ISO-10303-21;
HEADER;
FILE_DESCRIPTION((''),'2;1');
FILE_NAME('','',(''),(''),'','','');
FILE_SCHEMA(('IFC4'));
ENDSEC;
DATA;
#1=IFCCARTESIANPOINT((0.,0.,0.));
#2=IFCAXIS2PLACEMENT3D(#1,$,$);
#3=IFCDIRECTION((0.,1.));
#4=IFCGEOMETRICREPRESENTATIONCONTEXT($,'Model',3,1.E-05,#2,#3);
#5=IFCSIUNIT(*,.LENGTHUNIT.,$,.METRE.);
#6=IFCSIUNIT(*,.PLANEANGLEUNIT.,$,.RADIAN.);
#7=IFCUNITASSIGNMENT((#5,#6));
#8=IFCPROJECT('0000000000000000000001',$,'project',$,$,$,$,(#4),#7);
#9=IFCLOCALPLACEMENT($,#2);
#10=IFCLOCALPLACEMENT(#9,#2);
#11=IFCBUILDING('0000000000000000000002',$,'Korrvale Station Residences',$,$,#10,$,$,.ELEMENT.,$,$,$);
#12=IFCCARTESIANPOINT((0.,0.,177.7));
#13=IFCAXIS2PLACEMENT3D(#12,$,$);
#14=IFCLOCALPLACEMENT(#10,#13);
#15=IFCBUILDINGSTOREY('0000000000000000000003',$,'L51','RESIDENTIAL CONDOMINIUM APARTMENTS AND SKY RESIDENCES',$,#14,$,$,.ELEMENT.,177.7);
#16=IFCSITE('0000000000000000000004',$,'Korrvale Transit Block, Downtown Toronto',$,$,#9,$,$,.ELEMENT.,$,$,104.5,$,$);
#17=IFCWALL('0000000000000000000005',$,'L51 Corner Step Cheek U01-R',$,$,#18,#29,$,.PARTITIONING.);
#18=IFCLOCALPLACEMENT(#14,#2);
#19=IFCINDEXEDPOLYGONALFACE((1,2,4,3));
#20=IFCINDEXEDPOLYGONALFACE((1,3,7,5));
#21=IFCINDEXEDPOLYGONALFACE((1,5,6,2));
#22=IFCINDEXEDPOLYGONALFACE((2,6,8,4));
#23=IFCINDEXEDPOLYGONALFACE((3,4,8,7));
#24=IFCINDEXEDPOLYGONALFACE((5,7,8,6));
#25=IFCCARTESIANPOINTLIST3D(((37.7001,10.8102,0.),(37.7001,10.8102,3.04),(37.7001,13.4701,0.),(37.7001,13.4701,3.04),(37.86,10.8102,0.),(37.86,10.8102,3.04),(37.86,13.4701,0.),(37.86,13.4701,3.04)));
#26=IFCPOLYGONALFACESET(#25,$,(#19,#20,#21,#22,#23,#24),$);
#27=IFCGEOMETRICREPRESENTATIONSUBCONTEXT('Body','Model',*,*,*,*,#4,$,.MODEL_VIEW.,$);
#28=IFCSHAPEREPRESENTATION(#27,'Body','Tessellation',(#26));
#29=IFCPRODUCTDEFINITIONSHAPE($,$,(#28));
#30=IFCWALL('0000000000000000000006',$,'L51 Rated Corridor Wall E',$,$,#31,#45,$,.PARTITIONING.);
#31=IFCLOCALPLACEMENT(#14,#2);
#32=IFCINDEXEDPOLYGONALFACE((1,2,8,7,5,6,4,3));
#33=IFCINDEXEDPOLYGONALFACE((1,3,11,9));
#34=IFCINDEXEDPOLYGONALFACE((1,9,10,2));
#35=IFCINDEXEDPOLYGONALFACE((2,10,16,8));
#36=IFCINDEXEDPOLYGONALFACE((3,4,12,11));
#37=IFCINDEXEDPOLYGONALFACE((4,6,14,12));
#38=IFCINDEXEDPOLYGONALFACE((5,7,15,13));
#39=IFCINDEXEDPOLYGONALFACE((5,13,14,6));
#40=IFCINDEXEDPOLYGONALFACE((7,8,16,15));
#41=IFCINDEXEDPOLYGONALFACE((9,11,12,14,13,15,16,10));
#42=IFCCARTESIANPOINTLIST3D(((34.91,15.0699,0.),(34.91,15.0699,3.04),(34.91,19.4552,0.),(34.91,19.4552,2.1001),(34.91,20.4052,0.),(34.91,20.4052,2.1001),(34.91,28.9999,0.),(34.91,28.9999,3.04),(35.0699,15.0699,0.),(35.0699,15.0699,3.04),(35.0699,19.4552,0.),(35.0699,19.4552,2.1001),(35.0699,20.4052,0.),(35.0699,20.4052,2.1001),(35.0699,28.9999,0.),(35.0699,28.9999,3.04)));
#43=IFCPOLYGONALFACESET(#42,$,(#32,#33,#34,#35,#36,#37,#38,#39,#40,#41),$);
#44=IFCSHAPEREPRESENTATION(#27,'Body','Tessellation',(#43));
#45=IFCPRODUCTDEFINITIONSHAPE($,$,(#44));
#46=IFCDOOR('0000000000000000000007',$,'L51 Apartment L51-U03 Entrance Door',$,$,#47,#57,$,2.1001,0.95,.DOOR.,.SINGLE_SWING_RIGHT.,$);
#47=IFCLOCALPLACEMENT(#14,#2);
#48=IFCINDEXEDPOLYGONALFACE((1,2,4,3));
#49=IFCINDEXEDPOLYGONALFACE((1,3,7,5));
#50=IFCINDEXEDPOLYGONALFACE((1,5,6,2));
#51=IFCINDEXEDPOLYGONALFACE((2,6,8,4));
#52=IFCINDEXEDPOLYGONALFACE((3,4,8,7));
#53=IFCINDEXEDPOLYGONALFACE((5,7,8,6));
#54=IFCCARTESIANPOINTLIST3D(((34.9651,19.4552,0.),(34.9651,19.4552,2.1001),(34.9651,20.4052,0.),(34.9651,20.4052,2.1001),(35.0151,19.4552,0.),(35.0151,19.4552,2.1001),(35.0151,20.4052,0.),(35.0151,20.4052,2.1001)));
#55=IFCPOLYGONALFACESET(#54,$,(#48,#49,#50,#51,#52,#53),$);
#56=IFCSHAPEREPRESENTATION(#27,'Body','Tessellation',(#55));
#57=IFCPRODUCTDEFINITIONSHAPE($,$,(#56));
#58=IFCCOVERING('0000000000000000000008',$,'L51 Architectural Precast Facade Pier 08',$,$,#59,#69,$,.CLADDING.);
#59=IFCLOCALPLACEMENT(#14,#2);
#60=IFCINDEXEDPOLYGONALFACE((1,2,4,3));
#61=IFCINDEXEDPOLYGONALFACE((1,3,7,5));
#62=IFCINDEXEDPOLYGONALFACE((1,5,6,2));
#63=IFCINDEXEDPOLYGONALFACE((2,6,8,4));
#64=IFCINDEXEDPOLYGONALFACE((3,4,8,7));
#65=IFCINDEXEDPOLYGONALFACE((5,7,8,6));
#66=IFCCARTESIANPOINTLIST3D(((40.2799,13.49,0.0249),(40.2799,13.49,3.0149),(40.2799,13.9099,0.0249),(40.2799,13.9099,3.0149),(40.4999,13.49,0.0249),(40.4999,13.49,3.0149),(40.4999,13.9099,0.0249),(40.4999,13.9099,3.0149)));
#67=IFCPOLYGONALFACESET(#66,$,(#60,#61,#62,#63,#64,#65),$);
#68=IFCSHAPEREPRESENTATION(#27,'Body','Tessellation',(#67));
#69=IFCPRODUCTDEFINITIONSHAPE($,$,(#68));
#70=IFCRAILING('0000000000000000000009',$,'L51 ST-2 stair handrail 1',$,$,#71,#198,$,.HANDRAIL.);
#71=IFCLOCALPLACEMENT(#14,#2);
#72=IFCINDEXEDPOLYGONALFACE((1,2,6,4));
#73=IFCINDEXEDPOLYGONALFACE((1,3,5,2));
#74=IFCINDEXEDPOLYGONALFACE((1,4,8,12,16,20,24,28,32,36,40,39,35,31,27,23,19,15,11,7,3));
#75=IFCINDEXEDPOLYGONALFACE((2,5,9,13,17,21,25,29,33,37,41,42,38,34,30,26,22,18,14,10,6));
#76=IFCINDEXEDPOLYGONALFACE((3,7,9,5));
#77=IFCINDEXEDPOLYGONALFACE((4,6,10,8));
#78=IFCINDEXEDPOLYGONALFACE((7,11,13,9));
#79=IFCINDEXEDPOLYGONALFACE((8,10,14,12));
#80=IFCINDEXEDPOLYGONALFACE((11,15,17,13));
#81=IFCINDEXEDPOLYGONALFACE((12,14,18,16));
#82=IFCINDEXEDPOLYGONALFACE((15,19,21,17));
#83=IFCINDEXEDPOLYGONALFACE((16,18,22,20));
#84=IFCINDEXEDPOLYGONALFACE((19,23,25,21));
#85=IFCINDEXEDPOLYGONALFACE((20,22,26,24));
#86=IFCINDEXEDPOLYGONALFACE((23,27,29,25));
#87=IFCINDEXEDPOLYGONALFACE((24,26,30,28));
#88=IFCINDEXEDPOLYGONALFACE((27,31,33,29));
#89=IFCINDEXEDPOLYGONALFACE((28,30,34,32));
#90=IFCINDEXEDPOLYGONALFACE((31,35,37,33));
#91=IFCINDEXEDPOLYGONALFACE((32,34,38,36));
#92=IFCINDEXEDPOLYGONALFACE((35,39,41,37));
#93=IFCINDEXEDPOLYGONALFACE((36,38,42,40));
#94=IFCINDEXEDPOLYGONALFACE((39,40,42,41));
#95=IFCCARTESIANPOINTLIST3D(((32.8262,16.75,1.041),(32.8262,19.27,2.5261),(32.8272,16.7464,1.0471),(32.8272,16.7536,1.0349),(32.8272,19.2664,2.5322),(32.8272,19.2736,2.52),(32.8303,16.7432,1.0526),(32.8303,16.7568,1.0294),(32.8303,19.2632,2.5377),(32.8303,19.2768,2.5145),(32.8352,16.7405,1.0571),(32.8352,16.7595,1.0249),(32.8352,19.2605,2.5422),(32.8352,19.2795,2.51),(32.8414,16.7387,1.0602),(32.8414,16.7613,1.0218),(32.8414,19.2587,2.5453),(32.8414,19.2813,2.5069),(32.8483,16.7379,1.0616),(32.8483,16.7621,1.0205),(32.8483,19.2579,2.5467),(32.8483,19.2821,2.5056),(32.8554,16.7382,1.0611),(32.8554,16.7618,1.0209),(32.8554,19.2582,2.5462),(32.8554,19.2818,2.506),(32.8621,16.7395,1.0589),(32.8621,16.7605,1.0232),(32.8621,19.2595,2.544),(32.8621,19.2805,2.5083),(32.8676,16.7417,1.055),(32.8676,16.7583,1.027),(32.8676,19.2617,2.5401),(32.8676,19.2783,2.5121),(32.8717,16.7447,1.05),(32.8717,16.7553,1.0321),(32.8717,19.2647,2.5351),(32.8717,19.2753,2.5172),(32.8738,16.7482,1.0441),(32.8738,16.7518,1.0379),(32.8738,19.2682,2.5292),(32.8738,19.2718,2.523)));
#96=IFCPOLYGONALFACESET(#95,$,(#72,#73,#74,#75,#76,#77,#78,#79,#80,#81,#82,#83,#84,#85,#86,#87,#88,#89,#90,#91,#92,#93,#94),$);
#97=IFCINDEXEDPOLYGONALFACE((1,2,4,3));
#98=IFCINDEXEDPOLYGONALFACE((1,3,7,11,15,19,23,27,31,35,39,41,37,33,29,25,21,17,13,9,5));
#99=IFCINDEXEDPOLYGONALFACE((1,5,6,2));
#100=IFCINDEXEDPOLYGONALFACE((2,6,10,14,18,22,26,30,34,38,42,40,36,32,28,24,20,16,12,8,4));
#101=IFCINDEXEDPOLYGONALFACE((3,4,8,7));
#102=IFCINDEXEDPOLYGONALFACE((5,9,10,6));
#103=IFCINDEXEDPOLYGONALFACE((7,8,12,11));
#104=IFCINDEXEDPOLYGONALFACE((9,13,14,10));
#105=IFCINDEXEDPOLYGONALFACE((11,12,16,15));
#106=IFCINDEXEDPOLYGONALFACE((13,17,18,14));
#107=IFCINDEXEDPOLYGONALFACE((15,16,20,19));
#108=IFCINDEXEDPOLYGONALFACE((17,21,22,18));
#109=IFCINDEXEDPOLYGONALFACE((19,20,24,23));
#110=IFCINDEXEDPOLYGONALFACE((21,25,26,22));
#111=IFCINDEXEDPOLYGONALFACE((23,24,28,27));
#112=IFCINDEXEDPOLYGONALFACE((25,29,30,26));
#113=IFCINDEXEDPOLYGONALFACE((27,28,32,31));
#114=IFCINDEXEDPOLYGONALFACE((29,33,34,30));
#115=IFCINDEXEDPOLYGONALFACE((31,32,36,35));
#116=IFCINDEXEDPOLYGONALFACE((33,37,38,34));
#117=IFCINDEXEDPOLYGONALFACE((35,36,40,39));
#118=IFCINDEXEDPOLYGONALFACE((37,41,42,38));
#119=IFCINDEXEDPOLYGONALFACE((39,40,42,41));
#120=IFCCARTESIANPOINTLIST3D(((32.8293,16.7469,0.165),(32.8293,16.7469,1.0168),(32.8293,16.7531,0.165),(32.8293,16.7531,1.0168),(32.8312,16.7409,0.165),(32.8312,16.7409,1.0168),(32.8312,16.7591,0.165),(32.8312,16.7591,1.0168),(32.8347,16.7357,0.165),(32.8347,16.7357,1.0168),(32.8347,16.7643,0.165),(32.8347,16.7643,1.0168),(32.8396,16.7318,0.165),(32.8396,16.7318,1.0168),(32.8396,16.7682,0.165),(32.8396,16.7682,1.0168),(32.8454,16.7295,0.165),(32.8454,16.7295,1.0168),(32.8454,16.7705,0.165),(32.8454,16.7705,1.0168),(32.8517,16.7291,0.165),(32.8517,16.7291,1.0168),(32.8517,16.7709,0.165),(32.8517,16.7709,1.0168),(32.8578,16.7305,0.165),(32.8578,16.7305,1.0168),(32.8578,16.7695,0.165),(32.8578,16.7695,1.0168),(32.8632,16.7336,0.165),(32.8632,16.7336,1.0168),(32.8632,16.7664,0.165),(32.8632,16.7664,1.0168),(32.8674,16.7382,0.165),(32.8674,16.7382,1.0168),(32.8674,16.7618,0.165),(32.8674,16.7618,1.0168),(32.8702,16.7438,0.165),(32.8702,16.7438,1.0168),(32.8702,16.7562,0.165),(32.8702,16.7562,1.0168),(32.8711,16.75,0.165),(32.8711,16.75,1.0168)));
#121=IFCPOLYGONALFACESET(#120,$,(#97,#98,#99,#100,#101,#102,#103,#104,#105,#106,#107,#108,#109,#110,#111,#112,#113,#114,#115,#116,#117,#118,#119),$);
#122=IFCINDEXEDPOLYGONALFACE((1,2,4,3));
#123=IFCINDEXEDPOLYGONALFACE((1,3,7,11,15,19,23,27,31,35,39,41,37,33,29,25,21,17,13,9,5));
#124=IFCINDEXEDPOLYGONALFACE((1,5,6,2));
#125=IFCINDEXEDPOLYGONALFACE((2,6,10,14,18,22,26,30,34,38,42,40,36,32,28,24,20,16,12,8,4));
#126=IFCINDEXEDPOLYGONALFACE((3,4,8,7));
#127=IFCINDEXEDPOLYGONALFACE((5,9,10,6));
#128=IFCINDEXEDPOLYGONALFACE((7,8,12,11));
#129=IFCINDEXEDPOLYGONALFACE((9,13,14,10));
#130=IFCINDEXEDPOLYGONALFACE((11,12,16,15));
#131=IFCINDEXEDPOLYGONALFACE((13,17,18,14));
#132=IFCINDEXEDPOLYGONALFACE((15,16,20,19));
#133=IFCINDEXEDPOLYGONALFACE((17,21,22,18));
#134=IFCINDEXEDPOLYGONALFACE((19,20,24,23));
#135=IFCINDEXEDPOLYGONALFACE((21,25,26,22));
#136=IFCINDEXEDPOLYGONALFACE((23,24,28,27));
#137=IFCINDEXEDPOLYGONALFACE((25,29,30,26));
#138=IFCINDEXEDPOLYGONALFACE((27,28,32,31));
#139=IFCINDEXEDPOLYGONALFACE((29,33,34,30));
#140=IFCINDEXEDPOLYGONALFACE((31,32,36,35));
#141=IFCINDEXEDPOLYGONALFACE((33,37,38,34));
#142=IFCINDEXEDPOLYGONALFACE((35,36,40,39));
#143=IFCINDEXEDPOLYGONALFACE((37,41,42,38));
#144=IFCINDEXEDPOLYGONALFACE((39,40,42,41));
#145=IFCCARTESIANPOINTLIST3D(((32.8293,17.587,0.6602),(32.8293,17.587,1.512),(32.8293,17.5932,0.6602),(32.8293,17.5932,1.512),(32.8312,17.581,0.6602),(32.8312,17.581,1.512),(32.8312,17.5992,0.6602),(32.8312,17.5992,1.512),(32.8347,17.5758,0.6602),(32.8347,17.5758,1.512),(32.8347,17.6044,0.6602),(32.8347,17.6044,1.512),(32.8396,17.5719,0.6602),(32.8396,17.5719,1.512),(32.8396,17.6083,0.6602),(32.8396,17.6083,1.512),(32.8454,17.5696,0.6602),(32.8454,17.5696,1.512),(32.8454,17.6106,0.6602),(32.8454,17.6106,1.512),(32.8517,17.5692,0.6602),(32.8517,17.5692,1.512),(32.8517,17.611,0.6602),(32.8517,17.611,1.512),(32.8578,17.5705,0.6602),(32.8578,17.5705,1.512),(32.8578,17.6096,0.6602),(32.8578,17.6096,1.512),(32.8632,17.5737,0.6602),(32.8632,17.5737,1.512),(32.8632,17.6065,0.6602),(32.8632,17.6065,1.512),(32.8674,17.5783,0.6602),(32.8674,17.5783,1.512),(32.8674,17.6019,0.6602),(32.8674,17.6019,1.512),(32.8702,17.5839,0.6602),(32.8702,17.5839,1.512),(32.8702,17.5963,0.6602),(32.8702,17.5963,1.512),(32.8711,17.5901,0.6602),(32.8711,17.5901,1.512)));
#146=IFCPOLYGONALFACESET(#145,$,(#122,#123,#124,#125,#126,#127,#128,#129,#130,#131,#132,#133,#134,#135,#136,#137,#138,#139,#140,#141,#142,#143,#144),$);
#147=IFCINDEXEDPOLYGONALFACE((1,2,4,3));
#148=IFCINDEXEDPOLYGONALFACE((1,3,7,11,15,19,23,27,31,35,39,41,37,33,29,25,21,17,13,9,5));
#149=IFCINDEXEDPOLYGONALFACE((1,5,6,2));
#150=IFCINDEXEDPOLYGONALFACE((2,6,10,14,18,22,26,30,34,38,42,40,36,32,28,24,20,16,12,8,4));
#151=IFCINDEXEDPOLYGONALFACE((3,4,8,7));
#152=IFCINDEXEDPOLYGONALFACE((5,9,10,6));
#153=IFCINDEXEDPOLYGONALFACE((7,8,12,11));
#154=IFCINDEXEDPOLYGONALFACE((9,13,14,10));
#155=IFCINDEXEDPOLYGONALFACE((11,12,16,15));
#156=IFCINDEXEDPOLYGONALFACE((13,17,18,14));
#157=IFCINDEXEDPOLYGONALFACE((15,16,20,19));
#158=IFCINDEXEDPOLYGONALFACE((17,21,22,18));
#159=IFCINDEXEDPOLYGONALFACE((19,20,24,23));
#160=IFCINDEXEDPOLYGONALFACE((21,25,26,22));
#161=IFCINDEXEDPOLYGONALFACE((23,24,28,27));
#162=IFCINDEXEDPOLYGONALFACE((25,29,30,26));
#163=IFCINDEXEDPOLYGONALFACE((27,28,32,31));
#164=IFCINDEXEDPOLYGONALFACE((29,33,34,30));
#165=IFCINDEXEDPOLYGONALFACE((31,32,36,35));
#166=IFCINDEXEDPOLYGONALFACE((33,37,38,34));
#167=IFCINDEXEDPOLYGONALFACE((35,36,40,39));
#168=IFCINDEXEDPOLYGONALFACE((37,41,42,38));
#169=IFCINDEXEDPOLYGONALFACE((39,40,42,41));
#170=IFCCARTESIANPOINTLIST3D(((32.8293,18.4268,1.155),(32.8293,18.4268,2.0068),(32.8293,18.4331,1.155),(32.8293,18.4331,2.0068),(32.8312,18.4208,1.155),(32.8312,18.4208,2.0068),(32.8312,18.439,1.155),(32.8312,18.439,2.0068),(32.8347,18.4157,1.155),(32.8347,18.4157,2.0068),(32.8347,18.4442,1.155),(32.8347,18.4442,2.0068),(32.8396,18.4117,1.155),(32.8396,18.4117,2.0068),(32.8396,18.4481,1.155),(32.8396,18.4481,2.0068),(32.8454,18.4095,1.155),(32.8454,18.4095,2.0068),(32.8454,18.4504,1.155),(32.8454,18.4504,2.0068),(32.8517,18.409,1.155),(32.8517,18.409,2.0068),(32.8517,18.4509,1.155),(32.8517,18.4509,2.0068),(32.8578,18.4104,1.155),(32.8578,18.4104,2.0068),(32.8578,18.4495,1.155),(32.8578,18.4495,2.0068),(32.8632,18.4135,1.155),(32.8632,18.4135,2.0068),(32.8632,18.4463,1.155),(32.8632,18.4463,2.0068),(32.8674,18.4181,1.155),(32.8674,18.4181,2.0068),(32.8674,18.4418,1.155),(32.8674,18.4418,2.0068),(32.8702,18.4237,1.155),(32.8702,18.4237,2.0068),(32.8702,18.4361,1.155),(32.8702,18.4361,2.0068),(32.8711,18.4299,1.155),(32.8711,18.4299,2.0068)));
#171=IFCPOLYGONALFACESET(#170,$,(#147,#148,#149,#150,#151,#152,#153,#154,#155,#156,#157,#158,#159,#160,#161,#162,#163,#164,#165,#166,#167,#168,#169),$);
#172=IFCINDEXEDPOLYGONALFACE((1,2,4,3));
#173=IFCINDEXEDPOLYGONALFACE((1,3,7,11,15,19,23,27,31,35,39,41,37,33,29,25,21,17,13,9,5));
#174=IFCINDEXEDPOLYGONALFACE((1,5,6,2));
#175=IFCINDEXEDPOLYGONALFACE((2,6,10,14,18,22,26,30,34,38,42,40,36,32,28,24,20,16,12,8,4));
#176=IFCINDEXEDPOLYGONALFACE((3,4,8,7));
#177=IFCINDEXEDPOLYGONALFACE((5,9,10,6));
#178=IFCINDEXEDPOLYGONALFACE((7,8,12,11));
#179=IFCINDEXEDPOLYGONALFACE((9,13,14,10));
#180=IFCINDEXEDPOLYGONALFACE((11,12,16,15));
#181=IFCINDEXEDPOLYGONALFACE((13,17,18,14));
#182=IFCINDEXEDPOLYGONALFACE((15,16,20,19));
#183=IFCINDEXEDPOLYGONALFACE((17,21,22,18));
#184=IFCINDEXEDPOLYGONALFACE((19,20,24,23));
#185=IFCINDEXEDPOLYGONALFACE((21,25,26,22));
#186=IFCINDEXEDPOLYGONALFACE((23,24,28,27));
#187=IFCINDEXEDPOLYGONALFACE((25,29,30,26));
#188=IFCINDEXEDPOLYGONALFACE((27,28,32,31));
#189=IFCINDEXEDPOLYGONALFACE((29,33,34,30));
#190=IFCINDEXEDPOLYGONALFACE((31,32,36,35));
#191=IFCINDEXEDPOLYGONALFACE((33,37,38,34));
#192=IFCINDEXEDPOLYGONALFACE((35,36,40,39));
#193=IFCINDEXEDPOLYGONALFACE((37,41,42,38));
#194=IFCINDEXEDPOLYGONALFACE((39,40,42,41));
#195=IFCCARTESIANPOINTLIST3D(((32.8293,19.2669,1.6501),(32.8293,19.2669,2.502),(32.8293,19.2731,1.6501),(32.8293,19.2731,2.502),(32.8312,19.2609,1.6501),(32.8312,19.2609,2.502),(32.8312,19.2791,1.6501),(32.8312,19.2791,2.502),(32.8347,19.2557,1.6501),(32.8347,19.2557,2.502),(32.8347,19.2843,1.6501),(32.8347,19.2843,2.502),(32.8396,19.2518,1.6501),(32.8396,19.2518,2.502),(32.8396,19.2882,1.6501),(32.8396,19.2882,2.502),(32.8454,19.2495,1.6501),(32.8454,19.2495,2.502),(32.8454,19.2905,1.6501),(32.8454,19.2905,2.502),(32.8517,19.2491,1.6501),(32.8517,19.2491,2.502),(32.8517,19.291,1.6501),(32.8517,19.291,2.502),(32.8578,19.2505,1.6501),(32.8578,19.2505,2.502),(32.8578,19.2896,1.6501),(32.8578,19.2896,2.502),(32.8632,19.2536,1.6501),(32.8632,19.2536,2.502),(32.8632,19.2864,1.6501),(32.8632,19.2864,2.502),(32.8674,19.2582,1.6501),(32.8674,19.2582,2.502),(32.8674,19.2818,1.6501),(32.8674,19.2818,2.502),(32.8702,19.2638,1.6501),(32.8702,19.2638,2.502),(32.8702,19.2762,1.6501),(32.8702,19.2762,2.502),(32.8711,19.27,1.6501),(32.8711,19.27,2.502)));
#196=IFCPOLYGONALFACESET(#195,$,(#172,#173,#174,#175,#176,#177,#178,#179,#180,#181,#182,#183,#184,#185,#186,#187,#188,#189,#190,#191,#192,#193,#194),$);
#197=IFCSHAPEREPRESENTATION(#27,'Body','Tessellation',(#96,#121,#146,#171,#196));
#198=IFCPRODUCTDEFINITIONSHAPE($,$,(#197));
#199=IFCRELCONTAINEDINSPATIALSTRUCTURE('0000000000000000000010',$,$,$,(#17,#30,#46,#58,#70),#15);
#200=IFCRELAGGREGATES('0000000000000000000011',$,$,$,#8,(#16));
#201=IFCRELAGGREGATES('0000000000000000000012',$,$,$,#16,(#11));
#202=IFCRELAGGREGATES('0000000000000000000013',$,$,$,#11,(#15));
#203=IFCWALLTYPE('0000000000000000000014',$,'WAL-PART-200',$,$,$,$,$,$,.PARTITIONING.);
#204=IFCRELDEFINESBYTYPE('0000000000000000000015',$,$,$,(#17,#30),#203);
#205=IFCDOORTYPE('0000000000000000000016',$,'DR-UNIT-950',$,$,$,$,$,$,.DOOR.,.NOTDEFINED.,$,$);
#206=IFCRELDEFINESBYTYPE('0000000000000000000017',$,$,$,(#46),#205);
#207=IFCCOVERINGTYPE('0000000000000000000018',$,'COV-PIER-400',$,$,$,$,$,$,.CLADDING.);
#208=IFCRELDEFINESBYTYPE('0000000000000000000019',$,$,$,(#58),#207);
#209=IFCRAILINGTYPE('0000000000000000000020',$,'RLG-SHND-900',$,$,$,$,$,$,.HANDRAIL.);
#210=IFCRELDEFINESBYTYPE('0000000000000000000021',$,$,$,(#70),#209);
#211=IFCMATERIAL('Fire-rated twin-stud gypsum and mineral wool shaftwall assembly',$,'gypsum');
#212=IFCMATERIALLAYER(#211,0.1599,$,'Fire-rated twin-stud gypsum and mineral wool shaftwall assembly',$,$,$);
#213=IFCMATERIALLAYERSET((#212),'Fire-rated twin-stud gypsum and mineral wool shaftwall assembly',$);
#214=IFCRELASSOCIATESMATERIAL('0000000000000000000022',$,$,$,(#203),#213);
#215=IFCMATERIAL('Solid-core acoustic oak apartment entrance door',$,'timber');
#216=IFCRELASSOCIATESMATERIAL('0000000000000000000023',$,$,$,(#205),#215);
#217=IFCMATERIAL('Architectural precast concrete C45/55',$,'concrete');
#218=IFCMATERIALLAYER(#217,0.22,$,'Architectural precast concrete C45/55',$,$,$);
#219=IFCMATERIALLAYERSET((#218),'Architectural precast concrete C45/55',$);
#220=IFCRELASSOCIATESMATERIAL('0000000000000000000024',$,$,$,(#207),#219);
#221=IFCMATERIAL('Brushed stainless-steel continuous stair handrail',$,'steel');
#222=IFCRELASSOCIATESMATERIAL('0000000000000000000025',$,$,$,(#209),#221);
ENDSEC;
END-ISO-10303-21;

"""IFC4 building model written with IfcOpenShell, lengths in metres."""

from ifc_helpers import new_model, si_unit, direction, frame, frame_2d, origin, origin_2d, place, context, subcontext, project, spatial, rectangle, circle, extrude, material, layer, layer_set, type_object, element, fill, save


model = new_model("IFC4")

# Units and contexts
model_context = context("Model", 3, precision=1e-05, world=origin(), true_north=direction((0.0, 1.0)))
body_context = subcontext(model_context, "Body", "Model", "MODEL_VIEW")
ifc_project = project(units=[si_unit("LENGTHUNIT", "METRE"), si_unit("PLANEANGLEUNIT", "RADIAN")], contexts=[model_context])

# Site, building, storey
site_placement = place(None, origin())
site = spatial("IfcSite", under=ifc_project, at=site_placement, Name="Korrvale Transit Block, Downtown Toronto", CompositionType="ELEMENT", RefElevation=104.5)
building_placement = place(site_placement, origin())
building = spatial("IfcBuilding", under=site, at=building_placement, Name="Korrvale Station Residences", CompositionType="ELEMENT")
storey_placement = place(building_placement, frame((0.0, 0.0, 177.7)))
storey = spatial("IfcBuildingStorey", under=building, at=storey_placement, Name="L51", Description="RESIDENTIAL CONDOMINIUM APARTMENTS AND SKY RESIDENCES", CompositionType="ELEMENT", Elevation=177.7)

# Wall
ifc_material_1 = material(Name="Fire-rated twin-stud gypsum and mineral wool shaftwall assembly", Category="gypsum")
ifc_layer_1 = layer(ifc_material_1, 0.1599, Name="Fire-rated twin-stud gypsum and mineral wool shaftwall assembly")
ifc_layer_set_1 = layer_set([ifc_layer_1], Name="Fire-rated twin-stud gypsum and mineral wool shaftwall assembly")
wall_type_1 = type_object("IfcWallType", Name="WAL-PART-200", PredefinedType="PARTITIONING", material=ifc_layer_set_1)
wall_1_placement = place(storey_placement, frame((37.78, 10.8101, 0.0), z_axis=(0.0, 0.0, 1.0), x_axis=(0.0, 1.0, 0.0)))
element("IfcWall", 1, at=wall_1_placement, inside=storey, type_object=wall_type_1, Name="L51 Corner Step Cheek U01-R", PredefinedType="PARTITIONING", context=body_context, shape_type="SweptSolid", body=[
    extrude(rectangle(XDim=2.6599, YDim=0.1599, at=frame_2d((1.3301, 0.0))), origin(), (0.0, 0.0, 1.0), 3.04),
])

# Wall, opening, door
wall_2_placement = place(storey_placement, frame((34.99, 15.0701, 0.0), z_axis=(0.0, 0.0, 1.0), x_axis=(0.0, 1.0, 0.0)))
wall_2 = element("IfcWall", 2, at=wall_2_placement, inside=storey, type_object=wall_type_1, Name="L51 Rated Corridor Wall E", PredefinedType="PARTITIONING", context=body_context, shape_type="SweptSolid", body=[
    extrude(rectangle(XDim=13.9299, YDim=0.1599, at=frame_2d((6.9648, 0.0))), origin(), (0.0, 0.0, 1.0), 3.04),
])
opening_1_placement = place(wall_2_placement, frame((4.385, 0.0, 0.0)))
opening_1 = element("IfcOpeningElement", 3, at=opening_1_placement, cuts=wall_2, PredefinedType="OPENING", context=body_context, shape_type="SweptSolid", body=[
    extrude(rectangle(XDim=0.95, YDim=2.1001, at=frame_2d((0.4751, 1.05))), frame((0.0, 0.0898, 0.0), z_axis=(0.0, -1.0, 0.0), x_axis=(1.0, 0.0, 0.0)), (0.0, 0.0, 1.0), 0.1799),
])
ifc_material_2 = material(Name="Solid-core acoustic oak apartment entrance door", Category="timber")
door_type_1 = type_object("IfcDoorType", Name="DR-UNIT-950", OperationType="NOTDEFINED", PredefinedType="DOOR", material=ifc_material_2)
door_1_placement = place(opening_1_placement, origin())
door_1 = element("IfcDoor", 4, at=door_1_placement, inside=storey, type_object=door_type_1, Name="L51 Apartment L51-U03 Entrance Door", OperationType="SINGLE_SWING_RIGHT", OverallHeight=2.1001, OverallWidth=0.95, PredefinedType="DOOR", context=body_context, shape_type="SweptSolid", body=[
    extrude(rectangle(XDim=0.95, YDim=2.1001, at=frame_2d((0.4751, 1.05))), frame((0.0, 0.0249, 0.0), z_axis=(0.0, -1.0, 0.0), x_axis=(1.0, 0.0, 0.0)), (0.0, 0.0, 1.0), 0.05),
])
fill(opening_1, door_1)

# Covering
ifc_material_3 = material(Name="Architectural precast concrete C45/55", Category="concrete")
ifc_layer_2 = layer(ifc_material_3, 0.22, Name="Architectural precast concrete C45/55")
ifc_layer_set_2 = layer_set([ifc_layer_2], Name="Architectural precast concrete C45/55")
covering_type = type_object("IfcCoveringType", Name="COV-PIER-400", PredefinedType="CLADDING", material=ifc_layer_set_2)
covering_placement = place(storey_placement, frame((40.3899, 13.7, 0.0249), z_axis=(0.0, 0.0, 1.0), x_axis=(0.0, 1.0, 0.0)))
element("IfcCovering", 5, at=covering_placement, inside=storey, type_object=covering_type, Name="L51 Architectural Precast Facade Pier 08", PredefinedType="CLADDING", context=body_context, shape_type="SweptSolid", body=[
    extrude(rectangle(XDim=0.4199, YDim=0.22, at=origin_2d()), origin(), (0.0, 0.0, 1.0), 2.99),
])

# Railing
ifc_material_4 = material(Name="Brushed stainless-steel continuous stair handrail", Category="steel")
railing_type = type_object("IfcRailingType", Name="RLG-SHND-900", PredefinedType="HANDRAIL", material=ifc_material_4)
railing_placement = place(storey_placement, frame((32.8501, 16.75, 0.165)))
element("IfcRailing", 6, at=railing_placement, inside=storey, type_object=railing_type, Name="L51 ST-2 stair handrail 1", PredefinedType="HANDRAIL", context=body_context, shape_type="SweptSolid", body=[
    extrude(circle(Radius=0.0239, at=origin_2d()), frame((0.0, 0.0, 0.876), z_axis=(0.0, 0.861524, 0.507717), x_axis=(-1.0, 0.0, 0.0)), (0.0, 0.0, 1.0), 2.925),
    extrude(circle(Radius=0.021, at=origin_2d()), origin(), (0.0, 0.0, 1.0), 0.8518),
    extrude(circle(Radius=0.021, at=origin_2d()), frame((0.0, 0.8401, 0.4951)), (0.0, 0.0, 1.0), 0.8518),
    extrude(circle(Radius=0.021, at=origin_2d()), frame((0.0, 1.6799, 0.99)), (0.0, 0.0, 1.0), 0.8518),
    extrude(circle(Radius=0.021, at=origin_2d()), frame((0.0, 2.52, 1.4851)), (0.0, 0.0, 1.0), 0.8518),
])

save(model, "model.ifc")
